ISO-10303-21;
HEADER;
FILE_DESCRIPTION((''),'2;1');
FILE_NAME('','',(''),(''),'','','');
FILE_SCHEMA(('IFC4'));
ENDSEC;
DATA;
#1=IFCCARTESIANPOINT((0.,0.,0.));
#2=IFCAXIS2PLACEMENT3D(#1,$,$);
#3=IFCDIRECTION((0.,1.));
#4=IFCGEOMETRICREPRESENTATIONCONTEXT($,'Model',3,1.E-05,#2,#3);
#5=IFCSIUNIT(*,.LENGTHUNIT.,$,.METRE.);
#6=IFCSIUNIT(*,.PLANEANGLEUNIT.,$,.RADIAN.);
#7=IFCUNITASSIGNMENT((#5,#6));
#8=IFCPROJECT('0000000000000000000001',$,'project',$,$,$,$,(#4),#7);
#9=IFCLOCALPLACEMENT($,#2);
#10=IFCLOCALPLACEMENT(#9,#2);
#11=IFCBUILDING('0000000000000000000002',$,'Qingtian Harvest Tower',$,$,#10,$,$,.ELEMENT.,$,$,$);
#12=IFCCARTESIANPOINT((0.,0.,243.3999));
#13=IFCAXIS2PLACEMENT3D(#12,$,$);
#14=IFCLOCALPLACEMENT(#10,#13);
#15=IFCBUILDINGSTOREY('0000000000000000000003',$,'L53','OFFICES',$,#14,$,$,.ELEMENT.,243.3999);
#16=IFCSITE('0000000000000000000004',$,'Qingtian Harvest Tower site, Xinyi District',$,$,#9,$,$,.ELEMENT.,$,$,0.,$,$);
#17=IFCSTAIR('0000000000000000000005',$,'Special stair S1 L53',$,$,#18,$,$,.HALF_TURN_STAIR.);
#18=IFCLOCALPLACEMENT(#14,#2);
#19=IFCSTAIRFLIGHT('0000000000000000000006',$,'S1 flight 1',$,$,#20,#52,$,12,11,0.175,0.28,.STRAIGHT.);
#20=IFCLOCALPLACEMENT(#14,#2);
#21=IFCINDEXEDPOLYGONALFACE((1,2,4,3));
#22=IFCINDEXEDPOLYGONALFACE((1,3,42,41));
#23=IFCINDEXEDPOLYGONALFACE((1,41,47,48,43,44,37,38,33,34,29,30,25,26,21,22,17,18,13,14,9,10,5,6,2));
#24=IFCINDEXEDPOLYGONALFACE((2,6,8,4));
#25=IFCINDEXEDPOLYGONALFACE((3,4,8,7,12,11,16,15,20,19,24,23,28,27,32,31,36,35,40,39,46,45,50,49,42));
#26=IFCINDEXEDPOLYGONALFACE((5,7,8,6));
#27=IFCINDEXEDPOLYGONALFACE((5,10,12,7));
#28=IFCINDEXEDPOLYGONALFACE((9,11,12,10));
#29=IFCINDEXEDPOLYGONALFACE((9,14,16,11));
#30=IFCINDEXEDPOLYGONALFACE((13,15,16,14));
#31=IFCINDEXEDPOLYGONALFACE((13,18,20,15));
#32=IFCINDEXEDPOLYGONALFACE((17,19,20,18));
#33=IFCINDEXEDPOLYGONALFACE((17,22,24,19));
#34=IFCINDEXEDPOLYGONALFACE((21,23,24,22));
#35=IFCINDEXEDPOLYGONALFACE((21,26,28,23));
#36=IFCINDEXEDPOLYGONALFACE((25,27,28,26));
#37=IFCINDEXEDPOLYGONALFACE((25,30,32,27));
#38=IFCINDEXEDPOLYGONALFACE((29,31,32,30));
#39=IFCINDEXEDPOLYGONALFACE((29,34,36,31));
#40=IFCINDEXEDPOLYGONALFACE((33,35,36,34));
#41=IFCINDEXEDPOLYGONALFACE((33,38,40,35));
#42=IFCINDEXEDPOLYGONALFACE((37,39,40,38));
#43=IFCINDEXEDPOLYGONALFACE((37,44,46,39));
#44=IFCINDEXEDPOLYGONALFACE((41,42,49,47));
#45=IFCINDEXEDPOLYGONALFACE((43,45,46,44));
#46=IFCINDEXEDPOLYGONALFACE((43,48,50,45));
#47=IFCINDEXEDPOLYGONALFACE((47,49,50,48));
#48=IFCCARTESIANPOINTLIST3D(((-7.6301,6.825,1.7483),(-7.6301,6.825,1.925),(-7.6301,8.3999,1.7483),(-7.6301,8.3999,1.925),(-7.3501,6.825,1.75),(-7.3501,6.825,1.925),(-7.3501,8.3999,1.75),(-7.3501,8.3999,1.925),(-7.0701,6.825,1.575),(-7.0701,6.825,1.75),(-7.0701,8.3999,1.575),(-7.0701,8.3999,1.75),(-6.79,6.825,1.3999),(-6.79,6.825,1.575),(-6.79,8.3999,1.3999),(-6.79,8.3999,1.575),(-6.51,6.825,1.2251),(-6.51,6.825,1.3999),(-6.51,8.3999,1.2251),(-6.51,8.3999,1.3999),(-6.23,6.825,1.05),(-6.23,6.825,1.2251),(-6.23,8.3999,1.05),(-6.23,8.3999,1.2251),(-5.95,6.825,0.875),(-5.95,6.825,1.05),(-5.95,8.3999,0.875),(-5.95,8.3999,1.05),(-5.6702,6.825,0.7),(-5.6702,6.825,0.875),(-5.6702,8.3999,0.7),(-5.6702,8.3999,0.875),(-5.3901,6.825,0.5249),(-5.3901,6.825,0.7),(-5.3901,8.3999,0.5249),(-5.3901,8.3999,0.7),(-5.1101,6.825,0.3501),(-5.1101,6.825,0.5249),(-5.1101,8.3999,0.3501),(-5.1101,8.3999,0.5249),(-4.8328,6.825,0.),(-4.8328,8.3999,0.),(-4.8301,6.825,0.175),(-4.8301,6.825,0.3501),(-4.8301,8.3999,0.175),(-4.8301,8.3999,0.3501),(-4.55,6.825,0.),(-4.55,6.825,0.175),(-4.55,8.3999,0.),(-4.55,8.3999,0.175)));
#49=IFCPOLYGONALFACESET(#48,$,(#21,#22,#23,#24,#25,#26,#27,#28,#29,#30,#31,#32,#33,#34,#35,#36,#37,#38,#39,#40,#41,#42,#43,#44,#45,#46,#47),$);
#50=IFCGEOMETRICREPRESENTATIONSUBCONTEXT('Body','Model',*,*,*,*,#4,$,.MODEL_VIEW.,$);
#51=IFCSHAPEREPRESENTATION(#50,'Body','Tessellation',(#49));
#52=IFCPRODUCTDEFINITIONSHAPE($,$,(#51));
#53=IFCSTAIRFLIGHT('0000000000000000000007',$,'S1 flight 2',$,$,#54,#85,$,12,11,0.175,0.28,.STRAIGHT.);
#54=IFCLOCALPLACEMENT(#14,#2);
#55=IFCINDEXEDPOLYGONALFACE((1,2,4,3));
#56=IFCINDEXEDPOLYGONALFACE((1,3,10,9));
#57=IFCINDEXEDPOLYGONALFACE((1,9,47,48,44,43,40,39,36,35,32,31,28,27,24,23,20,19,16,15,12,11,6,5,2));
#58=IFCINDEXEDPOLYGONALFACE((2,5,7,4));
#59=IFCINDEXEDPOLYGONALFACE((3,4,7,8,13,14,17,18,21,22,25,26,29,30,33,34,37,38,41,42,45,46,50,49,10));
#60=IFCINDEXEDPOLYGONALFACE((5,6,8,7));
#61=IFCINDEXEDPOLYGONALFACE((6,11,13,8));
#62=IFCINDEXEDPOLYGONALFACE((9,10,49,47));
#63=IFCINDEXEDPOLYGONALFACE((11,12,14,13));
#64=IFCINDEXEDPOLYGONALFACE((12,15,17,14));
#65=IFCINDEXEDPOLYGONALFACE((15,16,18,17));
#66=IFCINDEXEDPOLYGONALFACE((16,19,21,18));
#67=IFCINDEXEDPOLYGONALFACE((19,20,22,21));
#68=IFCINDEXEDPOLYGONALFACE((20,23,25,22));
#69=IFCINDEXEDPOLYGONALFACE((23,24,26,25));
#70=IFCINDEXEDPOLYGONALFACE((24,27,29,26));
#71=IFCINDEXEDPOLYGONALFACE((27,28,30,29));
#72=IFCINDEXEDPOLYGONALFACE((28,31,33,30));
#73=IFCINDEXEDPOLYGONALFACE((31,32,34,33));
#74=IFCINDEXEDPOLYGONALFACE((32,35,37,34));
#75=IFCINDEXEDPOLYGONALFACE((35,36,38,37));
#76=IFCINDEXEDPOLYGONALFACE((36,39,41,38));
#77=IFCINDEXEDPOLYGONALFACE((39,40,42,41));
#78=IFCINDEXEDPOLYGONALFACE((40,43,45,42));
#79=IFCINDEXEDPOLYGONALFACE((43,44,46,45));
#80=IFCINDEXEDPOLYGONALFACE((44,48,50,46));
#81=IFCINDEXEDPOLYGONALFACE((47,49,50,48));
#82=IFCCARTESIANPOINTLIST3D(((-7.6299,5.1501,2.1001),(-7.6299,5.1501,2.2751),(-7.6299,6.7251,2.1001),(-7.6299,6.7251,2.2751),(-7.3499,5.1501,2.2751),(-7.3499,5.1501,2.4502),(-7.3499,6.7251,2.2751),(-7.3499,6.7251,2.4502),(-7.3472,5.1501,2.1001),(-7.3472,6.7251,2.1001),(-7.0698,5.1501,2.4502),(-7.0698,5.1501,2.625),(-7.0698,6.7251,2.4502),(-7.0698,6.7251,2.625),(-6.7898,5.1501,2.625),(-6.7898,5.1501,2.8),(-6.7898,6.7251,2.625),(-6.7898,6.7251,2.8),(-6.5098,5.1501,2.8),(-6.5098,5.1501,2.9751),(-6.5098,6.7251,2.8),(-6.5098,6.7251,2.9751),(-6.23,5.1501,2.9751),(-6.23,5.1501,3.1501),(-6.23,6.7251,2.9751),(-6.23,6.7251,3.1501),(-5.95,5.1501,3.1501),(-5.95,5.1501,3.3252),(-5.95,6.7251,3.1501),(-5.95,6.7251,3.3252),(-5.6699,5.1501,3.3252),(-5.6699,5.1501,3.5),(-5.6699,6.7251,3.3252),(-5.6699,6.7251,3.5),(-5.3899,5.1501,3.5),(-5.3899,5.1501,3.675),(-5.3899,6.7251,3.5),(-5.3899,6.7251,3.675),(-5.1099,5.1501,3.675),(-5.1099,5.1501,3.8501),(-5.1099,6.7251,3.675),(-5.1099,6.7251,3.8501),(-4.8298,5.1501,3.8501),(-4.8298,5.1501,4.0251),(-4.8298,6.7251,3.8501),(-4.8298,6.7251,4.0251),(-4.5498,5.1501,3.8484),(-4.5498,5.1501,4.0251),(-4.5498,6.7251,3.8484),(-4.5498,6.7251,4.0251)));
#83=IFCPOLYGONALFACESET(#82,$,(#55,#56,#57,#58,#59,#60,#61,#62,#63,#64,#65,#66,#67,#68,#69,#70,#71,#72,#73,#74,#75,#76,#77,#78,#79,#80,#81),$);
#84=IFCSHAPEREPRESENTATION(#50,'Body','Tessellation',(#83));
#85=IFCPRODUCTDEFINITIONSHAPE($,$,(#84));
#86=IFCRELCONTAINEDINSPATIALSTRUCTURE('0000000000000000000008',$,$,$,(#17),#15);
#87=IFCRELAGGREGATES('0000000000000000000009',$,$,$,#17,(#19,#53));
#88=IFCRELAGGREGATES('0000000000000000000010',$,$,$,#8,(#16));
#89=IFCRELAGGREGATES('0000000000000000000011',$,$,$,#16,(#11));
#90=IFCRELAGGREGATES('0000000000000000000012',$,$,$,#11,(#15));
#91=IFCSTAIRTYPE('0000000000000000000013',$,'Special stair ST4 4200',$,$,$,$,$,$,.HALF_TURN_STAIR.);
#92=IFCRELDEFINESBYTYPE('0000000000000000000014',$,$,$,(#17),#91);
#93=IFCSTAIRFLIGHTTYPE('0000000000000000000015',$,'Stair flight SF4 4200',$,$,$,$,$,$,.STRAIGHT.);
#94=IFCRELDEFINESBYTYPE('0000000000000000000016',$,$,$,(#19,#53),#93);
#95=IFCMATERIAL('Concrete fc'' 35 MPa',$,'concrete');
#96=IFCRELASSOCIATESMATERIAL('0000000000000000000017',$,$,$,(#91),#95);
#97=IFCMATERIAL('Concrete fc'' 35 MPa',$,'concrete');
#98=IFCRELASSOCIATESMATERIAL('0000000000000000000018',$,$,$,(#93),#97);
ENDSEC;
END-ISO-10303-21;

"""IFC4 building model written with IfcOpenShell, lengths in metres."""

from ifc_helpers import new_model, si_unit, direction, frame, origin, place, context, subcontext, project, spatial, polyline, outline, extrude, material, type_object, element, aggregate, save


model = new_model("IFC4")

# Units and contexts
model_context = context("Model", 3, precision=1e-05, world=origin(), true_north=direction((0.0, 1.0)))
body_context = subcontext(model_context, "Body", "Model", "MODEL_VIEW")
ifc_project = project(units=[si_unit("LENGTHUNIT", "METRE"), si_unit("PLANEANGLEUNIT", "RADIAN")], contexts=[model_context])

# Site, building, storey
site_placement = place(None, origin())
site = spatial("IfcSite", under=ifc_project, at=site_placement, Name="Qingtian Harvest Tower site, Xinyi District", CompositionType="ELEMENT", RefElevation=0.0)
building_placement = place(site_placement, origin())
building = spatial("IfcBuilding", under=site, at=building_placement, Name="Qingtian Harvest Tower", CompositionType="ELEMENT")
storey_placement = place(building_placement, frame((0.0, 0.0, 243.3999)))
storey = spatial("IfcBuildingStorey", under=building, at=storey_placement, Name="L53", Description="OFFICES", CompositionType="ELEMENT", Elevation=243.3999)

# Stair, stair flights
ifc_material_1 = material(Name="Concrete fc' 35 MPa", Category="concrete")
stair_type = type_object("IfcStairType", Name="Special stair ST4 4200", PredefinedType="HALF_TURN_STAIR", material=ifc_material_1)
stair_placement = place(storey_placement, origin())
stair = element("IfcStair", 1, at=stair_placement, inside=storey, type_object=stair_type, Name="Special stair S1 L53", PredefinedType="HALF_TURN_STAIR")
ifc_material_2 = material(Name="Concrete fc' 35 MPa", Category="concrete")
stair_flight_type = type_object("IfcStairFlightType", Name="Stair flight SF4 4200", PredefinedType="STRAIGHT", material=ifc_material_2)
stair_flight_1_placement = place(storey_placement, frame((-4.55, 7.6125, 0.0), z_axis=(0.0, 0.0, 1.0), x_axis=(-1.0, 0.0, 0.0)))
stair_flight_1 = element("IfcStairFlight", 2, at=stair_flight_1_placement, type_object=stair_flight_type, Name="S1 flight 1", NumberOfRisers=12, NumberOfTreads=11, PredefinedType="STRAIGHT", RiserHeight=0.175, TreadLength=0.28, context=body_context, shape_type="SweptSolid", body=[
    extrude(outline(polyline([(0.0, 0.0), (0.0, 0.175), (0.28, 0.175), (0.28, 0.3501), (0.5601, 0.3501), (0.5601, 0.5249), (0.8401, 0.5249), (0.8401, 0.7), (1.1201, 0.7), (1.1201, 0.875), (1.3999, 0.875), (1.3999, 1.05), (1.6799, 1.05), (1.6799, 1.2251), (1.96, 1.2251), (1.96, 1.3999), (2.24, 1.3999), (2.24, 1.575), (2.52, 1.575), (2.52, 1.75), (2.8, 1.75), (2.8, 1.925), (3.0801, 1.925), (3.0801, 2.1001), (3.0801, 1.7483), (0.2827, 0.0), (0.0, 0.0)])), frame((0.0, 0.7876, 0.0), z_axis=(0.0, -1.0, 0.0), x_axis=(1.0, 0.0, 0.0)), (0.0, 0.0, 1.0), 1.575),
])
stair_flight_2_placement = place(storey_placement, frame((-7.6299, 5.9375, 2.1001), z_axis=(0.0, 0.0, 1.0), x_axis=(1.0, 0.0, 0.0)))
stair_flight_2 = element("IfcStairFlight", 3, at=stair_flight_2_placement, type_object=stair_flight_type, Name="S1 flight 2", NumberOfRisers=12, NumberOfTreads=11, PredefinedType="STRAIGHT", RiserHeight=0.175, TreadLength=0.28, context=body_context, shape_type="SweptSolid", body=[
    extrude(outline(polyline([(0.0, 0.0), (0.0, 0.175), (0.28, 0.175), (0.28, 0.3501), (0.5601, 0.3501), (0.5601, 0.5249), (0.8401, 0.5249), (0.8401, 0.7), (1.1201, 0.7), (1.1201, 0.875), (1.3999, 0.875), (1.3999, 1.05), (1.6799, 1.05), (1.6799, 1.2251), (1.96, 1.2251), (1.96, 1.3999), (2.24, 1.3999), (2.24, 1.575), (2.52, 1.575), (2.52, 1.75), (2.8, 1.75), (2.8, 1.925), (3.0801, 1.925), (3.0801, 2.1001), (3.0801, 1.7483), (0.2827, 0.0), (0.0, 0.0)])), frame((0.0, 0.7876, 0.0), z_axis=(0.0, -1.0, 0.0), x_axis=(1.0, 0.0, 0.0)), (0.0, 0.0, 1.0), 1.575),
])
aggregate(stair, [stair_flight_1, stair_flight_2])

save(model, "model.ifc")
